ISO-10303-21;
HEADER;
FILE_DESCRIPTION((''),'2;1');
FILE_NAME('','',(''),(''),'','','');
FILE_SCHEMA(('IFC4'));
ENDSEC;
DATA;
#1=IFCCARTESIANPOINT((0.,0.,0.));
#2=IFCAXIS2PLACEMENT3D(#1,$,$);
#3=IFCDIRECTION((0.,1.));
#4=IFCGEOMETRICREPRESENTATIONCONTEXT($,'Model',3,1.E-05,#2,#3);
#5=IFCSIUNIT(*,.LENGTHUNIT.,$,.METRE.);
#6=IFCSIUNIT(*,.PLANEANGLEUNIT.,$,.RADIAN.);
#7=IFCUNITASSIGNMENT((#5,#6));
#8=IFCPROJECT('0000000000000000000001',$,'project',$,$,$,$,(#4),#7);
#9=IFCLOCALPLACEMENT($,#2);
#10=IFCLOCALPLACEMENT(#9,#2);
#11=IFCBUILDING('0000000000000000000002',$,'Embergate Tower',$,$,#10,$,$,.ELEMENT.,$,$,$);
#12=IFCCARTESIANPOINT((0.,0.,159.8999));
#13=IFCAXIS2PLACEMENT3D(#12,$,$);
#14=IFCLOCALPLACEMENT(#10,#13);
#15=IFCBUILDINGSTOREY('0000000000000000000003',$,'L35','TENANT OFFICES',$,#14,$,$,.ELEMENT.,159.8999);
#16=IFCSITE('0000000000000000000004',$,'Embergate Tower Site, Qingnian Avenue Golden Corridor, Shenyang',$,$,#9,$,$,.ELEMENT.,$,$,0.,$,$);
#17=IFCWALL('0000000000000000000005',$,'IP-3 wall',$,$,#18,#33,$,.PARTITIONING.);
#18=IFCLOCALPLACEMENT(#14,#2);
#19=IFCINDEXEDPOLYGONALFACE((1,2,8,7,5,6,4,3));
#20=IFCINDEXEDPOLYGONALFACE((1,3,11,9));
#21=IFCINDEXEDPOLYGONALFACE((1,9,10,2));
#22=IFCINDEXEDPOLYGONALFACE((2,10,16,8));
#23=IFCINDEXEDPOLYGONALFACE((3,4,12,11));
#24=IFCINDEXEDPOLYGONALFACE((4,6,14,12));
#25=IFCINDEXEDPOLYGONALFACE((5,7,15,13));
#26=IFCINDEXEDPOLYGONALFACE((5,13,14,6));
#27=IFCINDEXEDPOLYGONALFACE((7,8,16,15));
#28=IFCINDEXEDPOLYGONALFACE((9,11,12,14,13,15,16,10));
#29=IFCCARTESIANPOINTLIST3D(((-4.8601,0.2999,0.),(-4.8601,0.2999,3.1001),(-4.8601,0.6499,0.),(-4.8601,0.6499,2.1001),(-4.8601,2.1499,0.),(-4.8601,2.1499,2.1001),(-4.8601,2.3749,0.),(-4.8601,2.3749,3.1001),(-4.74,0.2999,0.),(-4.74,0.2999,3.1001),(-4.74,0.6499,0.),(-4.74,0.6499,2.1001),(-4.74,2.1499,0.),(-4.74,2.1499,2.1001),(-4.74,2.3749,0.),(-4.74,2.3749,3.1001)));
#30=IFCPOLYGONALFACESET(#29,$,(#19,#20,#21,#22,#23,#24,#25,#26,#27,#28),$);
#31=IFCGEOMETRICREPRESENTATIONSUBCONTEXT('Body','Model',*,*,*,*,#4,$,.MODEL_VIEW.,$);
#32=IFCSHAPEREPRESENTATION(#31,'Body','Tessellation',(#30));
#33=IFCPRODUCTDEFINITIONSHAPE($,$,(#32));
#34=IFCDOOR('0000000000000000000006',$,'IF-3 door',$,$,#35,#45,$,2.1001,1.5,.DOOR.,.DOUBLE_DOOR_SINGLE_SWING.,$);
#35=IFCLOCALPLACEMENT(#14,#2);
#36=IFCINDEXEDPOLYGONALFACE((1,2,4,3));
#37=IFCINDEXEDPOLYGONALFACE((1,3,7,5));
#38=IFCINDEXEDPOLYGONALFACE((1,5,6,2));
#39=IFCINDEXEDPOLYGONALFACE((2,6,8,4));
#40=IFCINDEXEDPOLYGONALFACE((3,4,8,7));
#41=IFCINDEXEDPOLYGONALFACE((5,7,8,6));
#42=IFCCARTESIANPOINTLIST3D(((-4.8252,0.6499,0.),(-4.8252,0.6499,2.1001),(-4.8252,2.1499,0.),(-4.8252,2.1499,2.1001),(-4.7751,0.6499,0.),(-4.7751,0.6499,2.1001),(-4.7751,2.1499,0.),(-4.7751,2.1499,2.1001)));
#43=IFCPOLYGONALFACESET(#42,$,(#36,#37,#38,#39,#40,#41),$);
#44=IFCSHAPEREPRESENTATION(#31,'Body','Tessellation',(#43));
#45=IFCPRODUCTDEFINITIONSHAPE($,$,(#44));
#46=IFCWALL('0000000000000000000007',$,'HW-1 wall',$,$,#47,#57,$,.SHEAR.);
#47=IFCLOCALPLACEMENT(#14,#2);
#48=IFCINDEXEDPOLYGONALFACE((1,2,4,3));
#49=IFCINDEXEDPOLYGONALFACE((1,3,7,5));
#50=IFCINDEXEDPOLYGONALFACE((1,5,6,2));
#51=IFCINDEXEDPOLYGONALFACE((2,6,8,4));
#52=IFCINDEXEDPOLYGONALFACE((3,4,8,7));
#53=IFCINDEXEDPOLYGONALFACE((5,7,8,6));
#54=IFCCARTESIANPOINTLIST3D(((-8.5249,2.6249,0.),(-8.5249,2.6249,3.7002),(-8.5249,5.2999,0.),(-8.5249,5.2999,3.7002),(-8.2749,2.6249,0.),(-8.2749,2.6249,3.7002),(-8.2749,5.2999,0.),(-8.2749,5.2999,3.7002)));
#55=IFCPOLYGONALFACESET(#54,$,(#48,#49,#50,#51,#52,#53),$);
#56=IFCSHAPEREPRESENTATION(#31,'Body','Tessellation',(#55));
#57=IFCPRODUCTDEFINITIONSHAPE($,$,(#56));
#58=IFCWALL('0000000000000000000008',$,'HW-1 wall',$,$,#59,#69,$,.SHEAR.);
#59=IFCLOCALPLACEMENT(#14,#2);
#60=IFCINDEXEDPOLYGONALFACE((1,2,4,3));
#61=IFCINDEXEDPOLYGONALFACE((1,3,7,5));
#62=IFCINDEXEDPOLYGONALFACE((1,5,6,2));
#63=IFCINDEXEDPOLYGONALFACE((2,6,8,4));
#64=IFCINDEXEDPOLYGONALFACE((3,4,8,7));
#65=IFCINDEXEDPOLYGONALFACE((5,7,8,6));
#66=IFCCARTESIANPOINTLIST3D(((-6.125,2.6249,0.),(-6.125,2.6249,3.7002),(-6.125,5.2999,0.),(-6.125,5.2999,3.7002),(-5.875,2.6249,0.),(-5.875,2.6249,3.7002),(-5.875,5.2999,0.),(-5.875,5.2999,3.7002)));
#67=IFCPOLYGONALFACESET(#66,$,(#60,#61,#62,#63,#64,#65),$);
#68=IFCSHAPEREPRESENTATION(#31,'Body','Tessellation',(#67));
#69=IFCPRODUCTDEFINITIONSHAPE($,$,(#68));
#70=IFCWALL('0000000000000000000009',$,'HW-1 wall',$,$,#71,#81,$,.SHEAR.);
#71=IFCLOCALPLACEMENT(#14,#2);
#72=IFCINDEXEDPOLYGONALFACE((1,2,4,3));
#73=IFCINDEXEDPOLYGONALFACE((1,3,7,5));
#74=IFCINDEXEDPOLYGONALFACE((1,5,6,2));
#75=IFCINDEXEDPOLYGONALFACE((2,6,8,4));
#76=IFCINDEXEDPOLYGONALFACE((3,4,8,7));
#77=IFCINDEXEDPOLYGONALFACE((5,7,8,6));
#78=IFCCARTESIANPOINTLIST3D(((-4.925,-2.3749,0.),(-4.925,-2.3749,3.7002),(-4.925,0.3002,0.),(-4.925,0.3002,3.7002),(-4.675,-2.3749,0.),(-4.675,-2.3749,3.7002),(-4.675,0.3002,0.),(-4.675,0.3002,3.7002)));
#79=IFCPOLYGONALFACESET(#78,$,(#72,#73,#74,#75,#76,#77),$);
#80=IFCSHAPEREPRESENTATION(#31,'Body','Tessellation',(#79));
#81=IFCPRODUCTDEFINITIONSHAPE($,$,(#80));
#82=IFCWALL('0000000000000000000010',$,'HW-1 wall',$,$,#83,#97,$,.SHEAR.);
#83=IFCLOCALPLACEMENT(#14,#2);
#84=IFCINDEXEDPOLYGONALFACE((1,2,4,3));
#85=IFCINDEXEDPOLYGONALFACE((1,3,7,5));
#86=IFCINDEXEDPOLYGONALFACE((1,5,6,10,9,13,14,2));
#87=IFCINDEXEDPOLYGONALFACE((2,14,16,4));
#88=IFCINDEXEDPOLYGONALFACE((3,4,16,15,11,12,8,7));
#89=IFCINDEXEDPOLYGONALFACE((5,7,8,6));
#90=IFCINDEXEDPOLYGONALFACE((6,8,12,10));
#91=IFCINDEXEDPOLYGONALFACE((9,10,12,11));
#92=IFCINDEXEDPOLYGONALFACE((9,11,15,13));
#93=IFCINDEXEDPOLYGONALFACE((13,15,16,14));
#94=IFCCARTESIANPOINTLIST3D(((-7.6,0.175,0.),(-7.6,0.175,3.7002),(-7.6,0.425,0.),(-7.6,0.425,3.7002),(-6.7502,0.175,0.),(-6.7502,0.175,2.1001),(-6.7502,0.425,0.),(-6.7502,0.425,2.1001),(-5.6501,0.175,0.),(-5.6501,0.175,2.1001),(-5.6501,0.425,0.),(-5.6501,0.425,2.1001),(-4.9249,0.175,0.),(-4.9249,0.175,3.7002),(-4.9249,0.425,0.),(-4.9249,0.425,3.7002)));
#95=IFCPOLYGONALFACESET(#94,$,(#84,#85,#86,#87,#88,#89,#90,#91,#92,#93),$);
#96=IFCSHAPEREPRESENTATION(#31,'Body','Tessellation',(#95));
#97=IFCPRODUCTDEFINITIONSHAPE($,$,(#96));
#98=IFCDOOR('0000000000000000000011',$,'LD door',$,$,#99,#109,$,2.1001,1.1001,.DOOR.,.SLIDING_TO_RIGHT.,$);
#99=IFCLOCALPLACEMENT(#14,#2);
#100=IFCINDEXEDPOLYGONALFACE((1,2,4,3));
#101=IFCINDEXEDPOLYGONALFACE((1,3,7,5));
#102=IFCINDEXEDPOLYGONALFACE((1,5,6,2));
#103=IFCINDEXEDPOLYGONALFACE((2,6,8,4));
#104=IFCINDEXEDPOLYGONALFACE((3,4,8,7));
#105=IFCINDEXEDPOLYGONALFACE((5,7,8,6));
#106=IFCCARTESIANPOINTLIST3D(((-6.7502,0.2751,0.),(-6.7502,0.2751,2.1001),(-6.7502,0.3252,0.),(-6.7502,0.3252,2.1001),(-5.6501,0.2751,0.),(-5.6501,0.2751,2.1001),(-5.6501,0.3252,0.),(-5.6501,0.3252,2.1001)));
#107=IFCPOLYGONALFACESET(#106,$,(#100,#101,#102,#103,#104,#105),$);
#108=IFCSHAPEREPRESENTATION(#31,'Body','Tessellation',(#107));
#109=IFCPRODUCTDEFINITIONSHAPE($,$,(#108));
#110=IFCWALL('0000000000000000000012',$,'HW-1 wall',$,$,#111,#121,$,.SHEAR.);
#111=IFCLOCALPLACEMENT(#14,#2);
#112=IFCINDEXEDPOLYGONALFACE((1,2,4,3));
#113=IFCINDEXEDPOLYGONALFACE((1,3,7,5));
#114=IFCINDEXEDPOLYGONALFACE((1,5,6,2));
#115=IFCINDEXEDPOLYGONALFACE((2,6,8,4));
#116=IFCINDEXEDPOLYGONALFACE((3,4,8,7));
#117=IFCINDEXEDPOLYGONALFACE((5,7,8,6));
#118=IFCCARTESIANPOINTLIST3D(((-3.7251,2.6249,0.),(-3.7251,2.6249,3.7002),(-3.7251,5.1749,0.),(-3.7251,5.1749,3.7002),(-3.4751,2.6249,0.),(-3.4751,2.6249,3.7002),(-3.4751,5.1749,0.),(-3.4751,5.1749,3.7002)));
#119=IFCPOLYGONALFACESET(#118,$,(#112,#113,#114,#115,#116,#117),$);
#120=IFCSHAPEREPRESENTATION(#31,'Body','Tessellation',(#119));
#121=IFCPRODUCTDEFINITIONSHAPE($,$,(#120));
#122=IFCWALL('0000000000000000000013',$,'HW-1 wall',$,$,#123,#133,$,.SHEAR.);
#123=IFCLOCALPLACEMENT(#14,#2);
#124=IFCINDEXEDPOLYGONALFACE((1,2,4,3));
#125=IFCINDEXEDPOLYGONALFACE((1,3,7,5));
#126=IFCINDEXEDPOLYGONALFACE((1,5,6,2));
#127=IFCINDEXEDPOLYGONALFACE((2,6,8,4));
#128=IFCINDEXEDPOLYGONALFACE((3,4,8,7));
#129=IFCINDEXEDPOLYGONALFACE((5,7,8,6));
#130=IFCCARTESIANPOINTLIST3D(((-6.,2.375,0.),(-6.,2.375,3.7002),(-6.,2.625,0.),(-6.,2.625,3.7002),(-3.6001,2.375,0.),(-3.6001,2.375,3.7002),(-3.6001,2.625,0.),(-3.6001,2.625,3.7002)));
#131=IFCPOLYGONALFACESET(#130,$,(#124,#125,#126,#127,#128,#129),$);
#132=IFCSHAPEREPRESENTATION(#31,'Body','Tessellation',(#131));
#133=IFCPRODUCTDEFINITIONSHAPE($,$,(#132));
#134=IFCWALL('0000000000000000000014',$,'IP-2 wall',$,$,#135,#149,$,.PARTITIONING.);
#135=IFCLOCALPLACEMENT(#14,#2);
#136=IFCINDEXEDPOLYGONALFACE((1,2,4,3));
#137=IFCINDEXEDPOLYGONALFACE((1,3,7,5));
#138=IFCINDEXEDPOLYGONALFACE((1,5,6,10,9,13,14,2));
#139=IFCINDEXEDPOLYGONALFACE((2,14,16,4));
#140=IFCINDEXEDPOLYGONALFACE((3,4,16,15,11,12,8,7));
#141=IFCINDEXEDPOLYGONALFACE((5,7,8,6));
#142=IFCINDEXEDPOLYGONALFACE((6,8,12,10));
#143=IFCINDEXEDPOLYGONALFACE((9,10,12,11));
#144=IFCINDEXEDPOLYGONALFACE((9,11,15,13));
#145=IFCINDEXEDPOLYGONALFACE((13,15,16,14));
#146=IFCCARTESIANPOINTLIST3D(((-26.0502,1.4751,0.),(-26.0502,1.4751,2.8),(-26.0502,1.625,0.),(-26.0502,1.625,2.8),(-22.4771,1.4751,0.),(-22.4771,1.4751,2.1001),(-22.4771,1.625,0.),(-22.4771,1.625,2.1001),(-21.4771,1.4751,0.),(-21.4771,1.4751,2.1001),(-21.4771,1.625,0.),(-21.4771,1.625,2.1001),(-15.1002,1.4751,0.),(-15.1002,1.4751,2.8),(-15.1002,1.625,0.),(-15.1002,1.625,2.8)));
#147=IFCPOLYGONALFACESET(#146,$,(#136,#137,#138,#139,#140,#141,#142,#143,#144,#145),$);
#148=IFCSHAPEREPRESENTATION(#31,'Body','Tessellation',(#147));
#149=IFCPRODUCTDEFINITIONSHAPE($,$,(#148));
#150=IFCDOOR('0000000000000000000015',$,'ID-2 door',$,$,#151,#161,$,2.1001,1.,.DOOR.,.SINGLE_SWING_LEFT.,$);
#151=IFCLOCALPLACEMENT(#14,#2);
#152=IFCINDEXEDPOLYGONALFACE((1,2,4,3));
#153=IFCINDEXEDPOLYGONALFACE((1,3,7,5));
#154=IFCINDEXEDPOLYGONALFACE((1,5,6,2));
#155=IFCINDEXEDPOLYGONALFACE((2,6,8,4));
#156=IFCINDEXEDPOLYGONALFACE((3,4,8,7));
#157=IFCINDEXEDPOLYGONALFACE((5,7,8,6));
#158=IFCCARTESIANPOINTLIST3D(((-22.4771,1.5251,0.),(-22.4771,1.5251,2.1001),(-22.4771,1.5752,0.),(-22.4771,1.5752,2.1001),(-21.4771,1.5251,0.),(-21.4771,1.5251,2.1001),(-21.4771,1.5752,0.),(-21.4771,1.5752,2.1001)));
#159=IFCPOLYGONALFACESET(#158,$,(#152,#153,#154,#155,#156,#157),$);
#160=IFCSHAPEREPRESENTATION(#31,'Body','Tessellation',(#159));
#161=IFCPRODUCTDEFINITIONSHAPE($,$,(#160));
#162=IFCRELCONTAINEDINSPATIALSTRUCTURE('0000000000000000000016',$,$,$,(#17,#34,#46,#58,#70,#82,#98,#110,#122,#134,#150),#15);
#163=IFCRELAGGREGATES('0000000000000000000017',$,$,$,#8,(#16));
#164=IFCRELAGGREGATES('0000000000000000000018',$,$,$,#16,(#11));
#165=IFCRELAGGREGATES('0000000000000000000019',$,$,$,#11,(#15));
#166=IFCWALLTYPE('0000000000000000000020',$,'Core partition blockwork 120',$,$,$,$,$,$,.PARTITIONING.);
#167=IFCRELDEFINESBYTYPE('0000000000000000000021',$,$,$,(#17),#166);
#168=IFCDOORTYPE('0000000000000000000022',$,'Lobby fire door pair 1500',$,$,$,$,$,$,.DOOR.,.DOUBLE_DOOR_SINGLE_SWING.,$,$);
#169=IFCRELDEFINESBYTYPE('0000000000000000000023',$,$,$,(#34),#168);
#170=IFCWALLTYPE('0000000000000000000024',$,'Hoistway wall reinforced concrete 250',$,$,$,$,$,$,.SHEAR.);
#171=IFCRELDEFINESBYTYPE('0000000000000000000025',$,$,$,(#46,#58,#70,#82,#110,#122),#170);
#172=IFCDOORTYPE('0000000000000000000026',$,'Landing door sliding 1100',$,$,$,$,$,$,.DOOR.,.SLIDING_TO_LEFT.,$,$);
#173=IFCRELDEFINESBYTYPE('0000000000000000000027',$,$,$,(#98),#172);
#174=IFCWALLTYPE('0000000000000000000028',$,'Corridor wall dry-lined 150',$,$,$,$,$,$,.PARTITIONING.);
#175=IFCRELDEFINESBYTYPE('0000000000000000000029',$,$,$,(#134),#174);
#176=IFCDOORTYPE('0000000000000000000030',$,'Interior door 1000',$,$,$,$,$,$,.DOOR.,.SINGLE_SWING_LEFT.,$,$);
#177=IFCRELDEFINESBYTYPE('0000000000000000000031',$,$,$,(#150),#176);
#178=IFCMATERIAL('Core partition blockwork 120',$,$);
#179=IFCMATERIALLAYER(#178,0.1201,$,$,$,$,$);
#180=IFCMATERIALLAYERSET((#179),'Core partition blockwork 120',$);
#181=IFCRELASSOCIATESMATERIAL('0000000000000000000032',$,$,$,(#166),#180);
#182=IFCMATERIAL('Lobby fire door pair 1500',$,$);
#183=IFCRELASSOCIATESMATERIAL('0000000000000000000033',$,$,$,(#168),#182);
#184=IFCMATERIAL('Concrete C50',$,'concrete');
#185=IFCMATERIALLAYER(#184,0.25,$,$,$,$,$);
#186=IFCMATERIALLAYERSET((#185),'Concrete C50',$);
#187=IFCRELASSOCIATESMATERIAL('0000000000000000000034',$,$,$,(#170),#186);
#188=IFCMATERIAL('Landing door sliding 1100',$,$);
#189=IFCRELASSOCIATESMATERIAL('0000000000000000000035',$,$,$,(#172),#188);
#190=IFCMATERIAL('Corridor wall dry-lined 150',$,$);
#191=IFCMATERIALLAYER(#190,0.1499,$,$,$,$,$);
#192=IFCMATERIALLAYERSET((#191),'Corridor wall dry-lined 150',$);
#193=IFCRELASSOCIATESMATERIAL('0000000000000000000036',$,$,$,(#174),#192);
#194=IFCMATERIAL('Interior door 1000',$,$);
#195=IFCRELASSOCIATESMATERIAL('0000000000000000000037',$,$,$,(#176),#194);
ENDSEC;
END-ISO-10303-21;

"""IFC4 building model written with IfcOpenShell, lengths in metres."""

from ifc_helpers import new_model, si_unit, direction, frame, frame_2d, origin, place, context, subcontext, project, spatial, rectangle, extrude, source, transform, mapped, material, layer, layer_set, type_object, element, fill, save


model = new_model("IFC4")

# Units and contexts
model_context = context("Model", 3, precision=1e-05, world=origin(), true_north=direction((0.0, 1.0)))
body_context = subcontext(model_context, "Body", "Model", "MODEL_VIEW")
ifc_project = project(units=[si_unit("LENGTHUNIT", "METRE"), si_unit("PLANEANGLEUNIT", "RADIAN")], contexts=[model_context])

# Site, building, storey
site_placement = place(None, origin())
site = spatial("IfcSite", under=ifc_project, at=site_placement, Name="Embergate Tower Site, Qingnian Avenue Golden Corridor, Shenyang", CompositionType="ELEMENT", RefElevation=0.0)
building_placement = place(site_placement, origin())
building = spatial("IfcBuilding", under=site, at=building_placement, Name="Embergate Tower", CompositionType="ELEMENT")
storey_placement = place(building_placement, frame((0.0, 0.0, 159.8999)))
storey = spatial("IfcBuildingStorey", under=building, at=storey_placement, Name="L35", Description="TENANT OFFICES", CompositionType="ELEMENT", Elevation=159.8999)

# Wall, opening, door
ifc_material_1 = material(Name="Core partition blockwork 120")
ifc_layer_1 = layer(ifc_material_1, 0.1201)
ifc_layer_set_1 = layer_set([ifc_layer_1], Name="Core partition blockwork 120")
wall_type_1 = type_object("IfcWallType", Name="Core partition blockwork 120", PredefinedType="PARTITIONING", material=ifc_layer_set_1)
shared_shape_1 = source(origin(), body_context, "Body", "SweptSolid", [
    extrude(rectangle(XDim=2.075, YDim=0.1201, at=frame_2d((1.0376, 0.0))), origin(), (0.0, 0.0, 1.0), 3.1001),
])
wall_1_placement = place(storey_placement, frame((-4.8, 2.375, 0.0), z_axis=(0.0, 0.0, 1.0), x_axis=(0.0, -1.0, 0.0)))
wall_1 = element("IfcWall", 1, at=wall_1_placement, inside=storey, type_object=wall_type_1, Name="IP-3 wall", PredefinedType="PARTITIONING", context=body_context, shape_type="MappedRepresentation", body=[
    mapped(shared_shape_1, transform((0.0, 0.0, 0.0))),
])
shared_shape_2 = source(origin(), body_context, "Body", "SweptSolid", [
    extrude(rectangle(XDim=1.5, YDim=2.1001, at=frame_2d((0.75, 1.05))), frame((0.0, 0.0701, 0.0), z_axis=(0.0, -1.0, 0.0), x_axis=(1.0, 0.0, 0.0)), (0.0, 0.0, 1.0), 0.1401),
])
opening_1_placement = place(wall_1_placement, frame((0.2251, 0.0, 0.0)))
opening_1 = element("IfcOpeningElement", 2, at=opening_1_placement, cuts=wall_1, PredefinedType="OPENING", context=body_context, shape_type="MappedRepresentation", body=[
    mapped(shared_shape_2, transform((0.0, 0.0, 0.0))),
])
ifc_material_2 = material(Name="Lobby fire door pair 1500")
door_type_1 = type_object("IfcDoorType", Name="Lobby fire door pair 1500", OperationType="DOUBLE_DOOR_SINGLE_SWING", PredefinedType="DOOR", material=ifc_material_2)
shared_shape_3 = source(origin(), body_context, "Body", "SweptSolid", [
    extrude(rectangle(XDim=1.5, YDim=2.1001, at=frame_2d((0.75, 1.05))), frame((0.0, 0.0249, 0.0), z_axis=(0.0, -1.0, 0.0), x_axis=(1.0, 0.0, 0.0)), (0.0, 0.0, 1.0), 0.05),
])
door_1_placement = place(opening_1_placement, origin())
door_1 = element("IfcDoor", 3, at=door_1_placement, inside=storey, type_object=door_type_1, Name="IF-3 door", OperationType="DOUBLE_DOOR_SINGLE_SWING", OverallHeight=2.1001, OverallWidth=1.5, PredefinedType="DOOR", context=body_context, shape_type="MappedRepresentation", body=[
    mapped(shared_shape_3, transform((0.0, 0.0, 0.0))),
])
fill(opening_1, door_1)

# Walls
ifc_material_3 = material(Name="Concrete C50", Category="concrete")
ifc_layer_2 = layer(ifc_material_3, 0.25)
ifc_layer_set_2 = layer_set([ifc_layer_2], Name="Concrete C50")
wall_type_2 = type_object("IfcWallType", Name="Hoistway wall reinforced concrete 250", PredefinedType="SHEAR", material=ifc_layer_set_2)
shared_shape_4 = source(origin(), body_context, "Body", "SweptSolid", [
    extrude(rectangle(XDim=2.675, YDim=0.25, at=frame_2d((1.3374, 0.0))), origin(), (0.0, 0.0, 1.0), 3.7002),
])
for number, where, z_axis, x_axis, name in (
    (4, (-8.3999, 2.625, 0.0), (0.0, 0.0, 1.0), (0.0, 1.0, 0.0), "HW-1 wall"),
    (5, (-6.0, 2.625, 0.0), (0.0, 0.0, 1.0), (0.0, 1.0, 0.0), "HW-1 wall"),
    (6, (-4.8, 0.3, 0.0), (0.0, 0.0, 1.0), (0.0, -1.0, 0.0), "HW-1 wall"),
):
    element("IfcWall", number, at=place(storey_placement, frame(where, z_axis=z_axis, x_axis=x_axis)), inside=storey, type_object=wall_type_2, Name=name, PredefinedType="SHEAR", context=body_context, shape_type="MappedRepresentation", body=[
        mapped(shared_shape_4, transform((0.0, 0.0, 0.0))),
    ])

# Wall, opening, door
wall_2_placement = place(storey_placement, frame((-4.925, 0.3, 0.0), z_axis=(0.0, 0.0, 1.0), x_axis=(-1.0, 0.0, 0.0)))
wall_2 = element("IfcWall", 7, at=wall_2_placement, inside=storey, type_object=wall_type_2, Name="HW-1 wall", PredefinedType="SHEAR", context=body_context, shape_type="MappedRepresentation", body=[
    mapped(shared_shape_4, transform((0.0, 0.0, 0.0))),
])
shared_shape_5 = source(origin(), body_context, "Body", "SweptSolid", [
    extrude(rectangle(XDim=1.1001, YDim=2.1001, at=frame_2d((0.55, 1.05))), frame((0.0, 0.135, 0.0), z_axis=(0.0, -1.0, 0.0), x_axis=(1.0, 0.0, 0.0)), (0.0, 0.0, 1.0), 0.27),
])
opening_2_placement = place(wall_2_placement, frame((0.7251, 0.0, 0.0)))
opening_2 = element("IfcOpeningElement", 8, at=opening_2_placement, cuts=wall_2, PredefinedType="OPENING", context=body_context, shape_type="MappedRepresentation", body=[
    mapped(shared_shape_5, transform((0.0, 0.0, 0.0))),
])
ifc_material_4 = material(Name="Landing door sliding 1100")
door_type_2 = type_object("IfcDoorType", Name="Landing door sliding 1100", OperationType="SLIDING_TO_LEFT", PredefinedType="DOOR", material=ifc_material_4)
shared_shape_6 = source(origin(), body_context, "Body", "SweptSolid", [
    extrude(rectangle(XDim=1.1001, YDim=2.1001, at=frame_2d((0.55, 1.05))), frame((0.0, 0.0249, 0.0), z_axis=(0.0, -1.0, 0.0), x_axis=(1.0, 0.0, 0.0)), (0.0, 0.0, 1.0), 0.05),
])
door_2_placement = place(opening_2_placement, origin())
door_2 = element("IfcDoor", 9, at=door_2_placement, inside=storey, type_object=door_type_2, Name="LD door", OperationType="SLIDING_TO_RIGHT", OverallHeight=2.1001, OverallWidth=1.1001, PredefinedType="DOOR", context=body_context, shape_type="MappedRepresentation", body=[
    mapped(shared_shape_6, transform((0.0, 0.0, 0.0))),
])
fill(opening_2, door_2)

# Walls
shared_shape_7 = source(origin(), body_context, "Body", "SweptSolid", [
    extrude(rectangle(XDim=2.55, YDim=0.25, at=frame_2d((1.2749, 0.0))), origin(), (0.0, 0.0, 1.0), 3.7002),
])
wall_3_placement = place(storey_placement, frame((-3.6001, 2.625, 0.0), z_axis=(0.0, 0.0, 1.0), x_axis=(0.0, 1.0, 0.0)))
element("IfcWall", 10, at=wall_3_placement, inside=storey, type_object=wall_type_2, Name="HW-1 wall", PredefinedType="SHEAR", context=body_context, shape_type="MappedRepresentation", body=[
    mapped(shared_shape_7, transform((0.0, 0.0, 0.0))),
])
shared_shape_8 = source(origin(), body_context, "Body", "SweptSolid", [
    extrude(rectangle(XDim=2.3999, YDim=0.25, at=frame_2d((1.2, 0.0))), origin(), (0.0, 0.0, 1.0), 3.7002),
])
wall_4_placement = place(storey_placement, frame((-6.0, 2.5, 0.0), z_axis=(0.0, 0.0, 1.0), x_axis=(1.0, 0.0, 0.0)))
element("IfcWall", 11, at=wall_4_placement, inside=storey, type_object=wall_type_2, Name="HW-1 wall", PredefinedType="SHEAR", context=body_context, shape_type="MappedRepresentation", body=[
    mapped(shared_shape_8, transform((0.0, 0.0, 0.0))),
])

# Wall, opening, door
ifc_material_5 = material(Name="Corridor wall dry-lined 150")
ifc_layer_3 = layer(ifc_material_5, 0.1499)
ifc_layer_set_3 = layer_set([ifc_layer_3], Name="Corridor wall dry-lined 150")
wall_type_3 = type_object("IfcWallType", Name="Corridor wall dry-lined 150", PredefinedType="PARTITIONING", material=ifc_layer_set_3)
shared_shape_9 = source(origin(), body_context, "Body", "SweptSolid", [
    extrude(rectangle(XDim=10.95, YDim=0.1499, at=frame_2d((5.4751, 0.0))), origin(), (0.0, 0.0, 1.0), 2.8),
])
wall_5_placement = place(storey_placement, frame((-15.1001, 1.55, 0.0), z_axis=(0.0, 0.0, 1.0), x_axis=(-1.0, 0.0, 0.0)))
wall_5 = element("IfcWall", 12, at=wall_5_placement, inside=storey, type_object=wall_type_3, Name="IP-2 wall", PredefinedType="PARTITIONING", context=body_context, shape_type="MappedRepresentation", body=[
    mapped(shared_shape_9, transform((0.0, 0.0, 0.0))),
])
shared_shape_10 = source(origin(), body_context, "Body", "SweptSolid", [
    extrude(rectangle(XDim=1.0, YDim=2.1001, at=frame_2d((0.5, 1.05))), frame((0.0, 0.085, 0.0), z_axis=(0.0, -1.0, 0.0), x_axis=(1.0, 0.0, 0.0)), (0.0, 0.0, 1.0), 0.1699),
])
opening_3_placement = place(wall_5_placement, frame((6.377, 0.0, 0.0)))
opening_3 = element("IfcOpeningElement", 13, at=opening_3_placement, cuts=wall_5, PredefinedType="OPENING", context=body_context, shape_type="MappedRepresentation", body=[
    mapped(shared_shape_10, transform((0.0, 0.0, 0.0))),
])
ifc_material_6 = material(Name="Interior door 1000")
door_type_3 = type_object("IfcDoorType", Name="Interior door 1000", OperationType="SINGLE_SWING_LEFT", PredefinedType="DOOR", material=ifc_material_6)
shared_shape_11 = source(origin(), body_context, "Body", "SweptSolid", [
    extrude(rectangle(XDim=1.0, YDim=2.1001, at=frame_2d((0.5, 1.05))), frame((0.0, 0.0249, 0.0), z_axis=(0.0, -1.0, 0.0), x_axis=(1.0, 0.0, 0.0)), (0.0, 0.0, 1.0), 0.05),
])
door_3_placement = place(opening_3_placement, origin())
door_3 = element("IfcDoor", 14, at=door_3_placement, inside=storey, type_object=door_type_3, Name="ID-2 door", OperationType="SINGLE_SWING_LEFT", OverallHeight=2.1001, OverallWidth=1.0, PredefinedType="DOOR", context=body_context, shape_type="MappedRepresentation", body=[
    mapped(shared_shape_11, transform((0.0, 0.0, 0.0))),
])
fill(opening_3, door_3)

save(model, "model.ifc")
